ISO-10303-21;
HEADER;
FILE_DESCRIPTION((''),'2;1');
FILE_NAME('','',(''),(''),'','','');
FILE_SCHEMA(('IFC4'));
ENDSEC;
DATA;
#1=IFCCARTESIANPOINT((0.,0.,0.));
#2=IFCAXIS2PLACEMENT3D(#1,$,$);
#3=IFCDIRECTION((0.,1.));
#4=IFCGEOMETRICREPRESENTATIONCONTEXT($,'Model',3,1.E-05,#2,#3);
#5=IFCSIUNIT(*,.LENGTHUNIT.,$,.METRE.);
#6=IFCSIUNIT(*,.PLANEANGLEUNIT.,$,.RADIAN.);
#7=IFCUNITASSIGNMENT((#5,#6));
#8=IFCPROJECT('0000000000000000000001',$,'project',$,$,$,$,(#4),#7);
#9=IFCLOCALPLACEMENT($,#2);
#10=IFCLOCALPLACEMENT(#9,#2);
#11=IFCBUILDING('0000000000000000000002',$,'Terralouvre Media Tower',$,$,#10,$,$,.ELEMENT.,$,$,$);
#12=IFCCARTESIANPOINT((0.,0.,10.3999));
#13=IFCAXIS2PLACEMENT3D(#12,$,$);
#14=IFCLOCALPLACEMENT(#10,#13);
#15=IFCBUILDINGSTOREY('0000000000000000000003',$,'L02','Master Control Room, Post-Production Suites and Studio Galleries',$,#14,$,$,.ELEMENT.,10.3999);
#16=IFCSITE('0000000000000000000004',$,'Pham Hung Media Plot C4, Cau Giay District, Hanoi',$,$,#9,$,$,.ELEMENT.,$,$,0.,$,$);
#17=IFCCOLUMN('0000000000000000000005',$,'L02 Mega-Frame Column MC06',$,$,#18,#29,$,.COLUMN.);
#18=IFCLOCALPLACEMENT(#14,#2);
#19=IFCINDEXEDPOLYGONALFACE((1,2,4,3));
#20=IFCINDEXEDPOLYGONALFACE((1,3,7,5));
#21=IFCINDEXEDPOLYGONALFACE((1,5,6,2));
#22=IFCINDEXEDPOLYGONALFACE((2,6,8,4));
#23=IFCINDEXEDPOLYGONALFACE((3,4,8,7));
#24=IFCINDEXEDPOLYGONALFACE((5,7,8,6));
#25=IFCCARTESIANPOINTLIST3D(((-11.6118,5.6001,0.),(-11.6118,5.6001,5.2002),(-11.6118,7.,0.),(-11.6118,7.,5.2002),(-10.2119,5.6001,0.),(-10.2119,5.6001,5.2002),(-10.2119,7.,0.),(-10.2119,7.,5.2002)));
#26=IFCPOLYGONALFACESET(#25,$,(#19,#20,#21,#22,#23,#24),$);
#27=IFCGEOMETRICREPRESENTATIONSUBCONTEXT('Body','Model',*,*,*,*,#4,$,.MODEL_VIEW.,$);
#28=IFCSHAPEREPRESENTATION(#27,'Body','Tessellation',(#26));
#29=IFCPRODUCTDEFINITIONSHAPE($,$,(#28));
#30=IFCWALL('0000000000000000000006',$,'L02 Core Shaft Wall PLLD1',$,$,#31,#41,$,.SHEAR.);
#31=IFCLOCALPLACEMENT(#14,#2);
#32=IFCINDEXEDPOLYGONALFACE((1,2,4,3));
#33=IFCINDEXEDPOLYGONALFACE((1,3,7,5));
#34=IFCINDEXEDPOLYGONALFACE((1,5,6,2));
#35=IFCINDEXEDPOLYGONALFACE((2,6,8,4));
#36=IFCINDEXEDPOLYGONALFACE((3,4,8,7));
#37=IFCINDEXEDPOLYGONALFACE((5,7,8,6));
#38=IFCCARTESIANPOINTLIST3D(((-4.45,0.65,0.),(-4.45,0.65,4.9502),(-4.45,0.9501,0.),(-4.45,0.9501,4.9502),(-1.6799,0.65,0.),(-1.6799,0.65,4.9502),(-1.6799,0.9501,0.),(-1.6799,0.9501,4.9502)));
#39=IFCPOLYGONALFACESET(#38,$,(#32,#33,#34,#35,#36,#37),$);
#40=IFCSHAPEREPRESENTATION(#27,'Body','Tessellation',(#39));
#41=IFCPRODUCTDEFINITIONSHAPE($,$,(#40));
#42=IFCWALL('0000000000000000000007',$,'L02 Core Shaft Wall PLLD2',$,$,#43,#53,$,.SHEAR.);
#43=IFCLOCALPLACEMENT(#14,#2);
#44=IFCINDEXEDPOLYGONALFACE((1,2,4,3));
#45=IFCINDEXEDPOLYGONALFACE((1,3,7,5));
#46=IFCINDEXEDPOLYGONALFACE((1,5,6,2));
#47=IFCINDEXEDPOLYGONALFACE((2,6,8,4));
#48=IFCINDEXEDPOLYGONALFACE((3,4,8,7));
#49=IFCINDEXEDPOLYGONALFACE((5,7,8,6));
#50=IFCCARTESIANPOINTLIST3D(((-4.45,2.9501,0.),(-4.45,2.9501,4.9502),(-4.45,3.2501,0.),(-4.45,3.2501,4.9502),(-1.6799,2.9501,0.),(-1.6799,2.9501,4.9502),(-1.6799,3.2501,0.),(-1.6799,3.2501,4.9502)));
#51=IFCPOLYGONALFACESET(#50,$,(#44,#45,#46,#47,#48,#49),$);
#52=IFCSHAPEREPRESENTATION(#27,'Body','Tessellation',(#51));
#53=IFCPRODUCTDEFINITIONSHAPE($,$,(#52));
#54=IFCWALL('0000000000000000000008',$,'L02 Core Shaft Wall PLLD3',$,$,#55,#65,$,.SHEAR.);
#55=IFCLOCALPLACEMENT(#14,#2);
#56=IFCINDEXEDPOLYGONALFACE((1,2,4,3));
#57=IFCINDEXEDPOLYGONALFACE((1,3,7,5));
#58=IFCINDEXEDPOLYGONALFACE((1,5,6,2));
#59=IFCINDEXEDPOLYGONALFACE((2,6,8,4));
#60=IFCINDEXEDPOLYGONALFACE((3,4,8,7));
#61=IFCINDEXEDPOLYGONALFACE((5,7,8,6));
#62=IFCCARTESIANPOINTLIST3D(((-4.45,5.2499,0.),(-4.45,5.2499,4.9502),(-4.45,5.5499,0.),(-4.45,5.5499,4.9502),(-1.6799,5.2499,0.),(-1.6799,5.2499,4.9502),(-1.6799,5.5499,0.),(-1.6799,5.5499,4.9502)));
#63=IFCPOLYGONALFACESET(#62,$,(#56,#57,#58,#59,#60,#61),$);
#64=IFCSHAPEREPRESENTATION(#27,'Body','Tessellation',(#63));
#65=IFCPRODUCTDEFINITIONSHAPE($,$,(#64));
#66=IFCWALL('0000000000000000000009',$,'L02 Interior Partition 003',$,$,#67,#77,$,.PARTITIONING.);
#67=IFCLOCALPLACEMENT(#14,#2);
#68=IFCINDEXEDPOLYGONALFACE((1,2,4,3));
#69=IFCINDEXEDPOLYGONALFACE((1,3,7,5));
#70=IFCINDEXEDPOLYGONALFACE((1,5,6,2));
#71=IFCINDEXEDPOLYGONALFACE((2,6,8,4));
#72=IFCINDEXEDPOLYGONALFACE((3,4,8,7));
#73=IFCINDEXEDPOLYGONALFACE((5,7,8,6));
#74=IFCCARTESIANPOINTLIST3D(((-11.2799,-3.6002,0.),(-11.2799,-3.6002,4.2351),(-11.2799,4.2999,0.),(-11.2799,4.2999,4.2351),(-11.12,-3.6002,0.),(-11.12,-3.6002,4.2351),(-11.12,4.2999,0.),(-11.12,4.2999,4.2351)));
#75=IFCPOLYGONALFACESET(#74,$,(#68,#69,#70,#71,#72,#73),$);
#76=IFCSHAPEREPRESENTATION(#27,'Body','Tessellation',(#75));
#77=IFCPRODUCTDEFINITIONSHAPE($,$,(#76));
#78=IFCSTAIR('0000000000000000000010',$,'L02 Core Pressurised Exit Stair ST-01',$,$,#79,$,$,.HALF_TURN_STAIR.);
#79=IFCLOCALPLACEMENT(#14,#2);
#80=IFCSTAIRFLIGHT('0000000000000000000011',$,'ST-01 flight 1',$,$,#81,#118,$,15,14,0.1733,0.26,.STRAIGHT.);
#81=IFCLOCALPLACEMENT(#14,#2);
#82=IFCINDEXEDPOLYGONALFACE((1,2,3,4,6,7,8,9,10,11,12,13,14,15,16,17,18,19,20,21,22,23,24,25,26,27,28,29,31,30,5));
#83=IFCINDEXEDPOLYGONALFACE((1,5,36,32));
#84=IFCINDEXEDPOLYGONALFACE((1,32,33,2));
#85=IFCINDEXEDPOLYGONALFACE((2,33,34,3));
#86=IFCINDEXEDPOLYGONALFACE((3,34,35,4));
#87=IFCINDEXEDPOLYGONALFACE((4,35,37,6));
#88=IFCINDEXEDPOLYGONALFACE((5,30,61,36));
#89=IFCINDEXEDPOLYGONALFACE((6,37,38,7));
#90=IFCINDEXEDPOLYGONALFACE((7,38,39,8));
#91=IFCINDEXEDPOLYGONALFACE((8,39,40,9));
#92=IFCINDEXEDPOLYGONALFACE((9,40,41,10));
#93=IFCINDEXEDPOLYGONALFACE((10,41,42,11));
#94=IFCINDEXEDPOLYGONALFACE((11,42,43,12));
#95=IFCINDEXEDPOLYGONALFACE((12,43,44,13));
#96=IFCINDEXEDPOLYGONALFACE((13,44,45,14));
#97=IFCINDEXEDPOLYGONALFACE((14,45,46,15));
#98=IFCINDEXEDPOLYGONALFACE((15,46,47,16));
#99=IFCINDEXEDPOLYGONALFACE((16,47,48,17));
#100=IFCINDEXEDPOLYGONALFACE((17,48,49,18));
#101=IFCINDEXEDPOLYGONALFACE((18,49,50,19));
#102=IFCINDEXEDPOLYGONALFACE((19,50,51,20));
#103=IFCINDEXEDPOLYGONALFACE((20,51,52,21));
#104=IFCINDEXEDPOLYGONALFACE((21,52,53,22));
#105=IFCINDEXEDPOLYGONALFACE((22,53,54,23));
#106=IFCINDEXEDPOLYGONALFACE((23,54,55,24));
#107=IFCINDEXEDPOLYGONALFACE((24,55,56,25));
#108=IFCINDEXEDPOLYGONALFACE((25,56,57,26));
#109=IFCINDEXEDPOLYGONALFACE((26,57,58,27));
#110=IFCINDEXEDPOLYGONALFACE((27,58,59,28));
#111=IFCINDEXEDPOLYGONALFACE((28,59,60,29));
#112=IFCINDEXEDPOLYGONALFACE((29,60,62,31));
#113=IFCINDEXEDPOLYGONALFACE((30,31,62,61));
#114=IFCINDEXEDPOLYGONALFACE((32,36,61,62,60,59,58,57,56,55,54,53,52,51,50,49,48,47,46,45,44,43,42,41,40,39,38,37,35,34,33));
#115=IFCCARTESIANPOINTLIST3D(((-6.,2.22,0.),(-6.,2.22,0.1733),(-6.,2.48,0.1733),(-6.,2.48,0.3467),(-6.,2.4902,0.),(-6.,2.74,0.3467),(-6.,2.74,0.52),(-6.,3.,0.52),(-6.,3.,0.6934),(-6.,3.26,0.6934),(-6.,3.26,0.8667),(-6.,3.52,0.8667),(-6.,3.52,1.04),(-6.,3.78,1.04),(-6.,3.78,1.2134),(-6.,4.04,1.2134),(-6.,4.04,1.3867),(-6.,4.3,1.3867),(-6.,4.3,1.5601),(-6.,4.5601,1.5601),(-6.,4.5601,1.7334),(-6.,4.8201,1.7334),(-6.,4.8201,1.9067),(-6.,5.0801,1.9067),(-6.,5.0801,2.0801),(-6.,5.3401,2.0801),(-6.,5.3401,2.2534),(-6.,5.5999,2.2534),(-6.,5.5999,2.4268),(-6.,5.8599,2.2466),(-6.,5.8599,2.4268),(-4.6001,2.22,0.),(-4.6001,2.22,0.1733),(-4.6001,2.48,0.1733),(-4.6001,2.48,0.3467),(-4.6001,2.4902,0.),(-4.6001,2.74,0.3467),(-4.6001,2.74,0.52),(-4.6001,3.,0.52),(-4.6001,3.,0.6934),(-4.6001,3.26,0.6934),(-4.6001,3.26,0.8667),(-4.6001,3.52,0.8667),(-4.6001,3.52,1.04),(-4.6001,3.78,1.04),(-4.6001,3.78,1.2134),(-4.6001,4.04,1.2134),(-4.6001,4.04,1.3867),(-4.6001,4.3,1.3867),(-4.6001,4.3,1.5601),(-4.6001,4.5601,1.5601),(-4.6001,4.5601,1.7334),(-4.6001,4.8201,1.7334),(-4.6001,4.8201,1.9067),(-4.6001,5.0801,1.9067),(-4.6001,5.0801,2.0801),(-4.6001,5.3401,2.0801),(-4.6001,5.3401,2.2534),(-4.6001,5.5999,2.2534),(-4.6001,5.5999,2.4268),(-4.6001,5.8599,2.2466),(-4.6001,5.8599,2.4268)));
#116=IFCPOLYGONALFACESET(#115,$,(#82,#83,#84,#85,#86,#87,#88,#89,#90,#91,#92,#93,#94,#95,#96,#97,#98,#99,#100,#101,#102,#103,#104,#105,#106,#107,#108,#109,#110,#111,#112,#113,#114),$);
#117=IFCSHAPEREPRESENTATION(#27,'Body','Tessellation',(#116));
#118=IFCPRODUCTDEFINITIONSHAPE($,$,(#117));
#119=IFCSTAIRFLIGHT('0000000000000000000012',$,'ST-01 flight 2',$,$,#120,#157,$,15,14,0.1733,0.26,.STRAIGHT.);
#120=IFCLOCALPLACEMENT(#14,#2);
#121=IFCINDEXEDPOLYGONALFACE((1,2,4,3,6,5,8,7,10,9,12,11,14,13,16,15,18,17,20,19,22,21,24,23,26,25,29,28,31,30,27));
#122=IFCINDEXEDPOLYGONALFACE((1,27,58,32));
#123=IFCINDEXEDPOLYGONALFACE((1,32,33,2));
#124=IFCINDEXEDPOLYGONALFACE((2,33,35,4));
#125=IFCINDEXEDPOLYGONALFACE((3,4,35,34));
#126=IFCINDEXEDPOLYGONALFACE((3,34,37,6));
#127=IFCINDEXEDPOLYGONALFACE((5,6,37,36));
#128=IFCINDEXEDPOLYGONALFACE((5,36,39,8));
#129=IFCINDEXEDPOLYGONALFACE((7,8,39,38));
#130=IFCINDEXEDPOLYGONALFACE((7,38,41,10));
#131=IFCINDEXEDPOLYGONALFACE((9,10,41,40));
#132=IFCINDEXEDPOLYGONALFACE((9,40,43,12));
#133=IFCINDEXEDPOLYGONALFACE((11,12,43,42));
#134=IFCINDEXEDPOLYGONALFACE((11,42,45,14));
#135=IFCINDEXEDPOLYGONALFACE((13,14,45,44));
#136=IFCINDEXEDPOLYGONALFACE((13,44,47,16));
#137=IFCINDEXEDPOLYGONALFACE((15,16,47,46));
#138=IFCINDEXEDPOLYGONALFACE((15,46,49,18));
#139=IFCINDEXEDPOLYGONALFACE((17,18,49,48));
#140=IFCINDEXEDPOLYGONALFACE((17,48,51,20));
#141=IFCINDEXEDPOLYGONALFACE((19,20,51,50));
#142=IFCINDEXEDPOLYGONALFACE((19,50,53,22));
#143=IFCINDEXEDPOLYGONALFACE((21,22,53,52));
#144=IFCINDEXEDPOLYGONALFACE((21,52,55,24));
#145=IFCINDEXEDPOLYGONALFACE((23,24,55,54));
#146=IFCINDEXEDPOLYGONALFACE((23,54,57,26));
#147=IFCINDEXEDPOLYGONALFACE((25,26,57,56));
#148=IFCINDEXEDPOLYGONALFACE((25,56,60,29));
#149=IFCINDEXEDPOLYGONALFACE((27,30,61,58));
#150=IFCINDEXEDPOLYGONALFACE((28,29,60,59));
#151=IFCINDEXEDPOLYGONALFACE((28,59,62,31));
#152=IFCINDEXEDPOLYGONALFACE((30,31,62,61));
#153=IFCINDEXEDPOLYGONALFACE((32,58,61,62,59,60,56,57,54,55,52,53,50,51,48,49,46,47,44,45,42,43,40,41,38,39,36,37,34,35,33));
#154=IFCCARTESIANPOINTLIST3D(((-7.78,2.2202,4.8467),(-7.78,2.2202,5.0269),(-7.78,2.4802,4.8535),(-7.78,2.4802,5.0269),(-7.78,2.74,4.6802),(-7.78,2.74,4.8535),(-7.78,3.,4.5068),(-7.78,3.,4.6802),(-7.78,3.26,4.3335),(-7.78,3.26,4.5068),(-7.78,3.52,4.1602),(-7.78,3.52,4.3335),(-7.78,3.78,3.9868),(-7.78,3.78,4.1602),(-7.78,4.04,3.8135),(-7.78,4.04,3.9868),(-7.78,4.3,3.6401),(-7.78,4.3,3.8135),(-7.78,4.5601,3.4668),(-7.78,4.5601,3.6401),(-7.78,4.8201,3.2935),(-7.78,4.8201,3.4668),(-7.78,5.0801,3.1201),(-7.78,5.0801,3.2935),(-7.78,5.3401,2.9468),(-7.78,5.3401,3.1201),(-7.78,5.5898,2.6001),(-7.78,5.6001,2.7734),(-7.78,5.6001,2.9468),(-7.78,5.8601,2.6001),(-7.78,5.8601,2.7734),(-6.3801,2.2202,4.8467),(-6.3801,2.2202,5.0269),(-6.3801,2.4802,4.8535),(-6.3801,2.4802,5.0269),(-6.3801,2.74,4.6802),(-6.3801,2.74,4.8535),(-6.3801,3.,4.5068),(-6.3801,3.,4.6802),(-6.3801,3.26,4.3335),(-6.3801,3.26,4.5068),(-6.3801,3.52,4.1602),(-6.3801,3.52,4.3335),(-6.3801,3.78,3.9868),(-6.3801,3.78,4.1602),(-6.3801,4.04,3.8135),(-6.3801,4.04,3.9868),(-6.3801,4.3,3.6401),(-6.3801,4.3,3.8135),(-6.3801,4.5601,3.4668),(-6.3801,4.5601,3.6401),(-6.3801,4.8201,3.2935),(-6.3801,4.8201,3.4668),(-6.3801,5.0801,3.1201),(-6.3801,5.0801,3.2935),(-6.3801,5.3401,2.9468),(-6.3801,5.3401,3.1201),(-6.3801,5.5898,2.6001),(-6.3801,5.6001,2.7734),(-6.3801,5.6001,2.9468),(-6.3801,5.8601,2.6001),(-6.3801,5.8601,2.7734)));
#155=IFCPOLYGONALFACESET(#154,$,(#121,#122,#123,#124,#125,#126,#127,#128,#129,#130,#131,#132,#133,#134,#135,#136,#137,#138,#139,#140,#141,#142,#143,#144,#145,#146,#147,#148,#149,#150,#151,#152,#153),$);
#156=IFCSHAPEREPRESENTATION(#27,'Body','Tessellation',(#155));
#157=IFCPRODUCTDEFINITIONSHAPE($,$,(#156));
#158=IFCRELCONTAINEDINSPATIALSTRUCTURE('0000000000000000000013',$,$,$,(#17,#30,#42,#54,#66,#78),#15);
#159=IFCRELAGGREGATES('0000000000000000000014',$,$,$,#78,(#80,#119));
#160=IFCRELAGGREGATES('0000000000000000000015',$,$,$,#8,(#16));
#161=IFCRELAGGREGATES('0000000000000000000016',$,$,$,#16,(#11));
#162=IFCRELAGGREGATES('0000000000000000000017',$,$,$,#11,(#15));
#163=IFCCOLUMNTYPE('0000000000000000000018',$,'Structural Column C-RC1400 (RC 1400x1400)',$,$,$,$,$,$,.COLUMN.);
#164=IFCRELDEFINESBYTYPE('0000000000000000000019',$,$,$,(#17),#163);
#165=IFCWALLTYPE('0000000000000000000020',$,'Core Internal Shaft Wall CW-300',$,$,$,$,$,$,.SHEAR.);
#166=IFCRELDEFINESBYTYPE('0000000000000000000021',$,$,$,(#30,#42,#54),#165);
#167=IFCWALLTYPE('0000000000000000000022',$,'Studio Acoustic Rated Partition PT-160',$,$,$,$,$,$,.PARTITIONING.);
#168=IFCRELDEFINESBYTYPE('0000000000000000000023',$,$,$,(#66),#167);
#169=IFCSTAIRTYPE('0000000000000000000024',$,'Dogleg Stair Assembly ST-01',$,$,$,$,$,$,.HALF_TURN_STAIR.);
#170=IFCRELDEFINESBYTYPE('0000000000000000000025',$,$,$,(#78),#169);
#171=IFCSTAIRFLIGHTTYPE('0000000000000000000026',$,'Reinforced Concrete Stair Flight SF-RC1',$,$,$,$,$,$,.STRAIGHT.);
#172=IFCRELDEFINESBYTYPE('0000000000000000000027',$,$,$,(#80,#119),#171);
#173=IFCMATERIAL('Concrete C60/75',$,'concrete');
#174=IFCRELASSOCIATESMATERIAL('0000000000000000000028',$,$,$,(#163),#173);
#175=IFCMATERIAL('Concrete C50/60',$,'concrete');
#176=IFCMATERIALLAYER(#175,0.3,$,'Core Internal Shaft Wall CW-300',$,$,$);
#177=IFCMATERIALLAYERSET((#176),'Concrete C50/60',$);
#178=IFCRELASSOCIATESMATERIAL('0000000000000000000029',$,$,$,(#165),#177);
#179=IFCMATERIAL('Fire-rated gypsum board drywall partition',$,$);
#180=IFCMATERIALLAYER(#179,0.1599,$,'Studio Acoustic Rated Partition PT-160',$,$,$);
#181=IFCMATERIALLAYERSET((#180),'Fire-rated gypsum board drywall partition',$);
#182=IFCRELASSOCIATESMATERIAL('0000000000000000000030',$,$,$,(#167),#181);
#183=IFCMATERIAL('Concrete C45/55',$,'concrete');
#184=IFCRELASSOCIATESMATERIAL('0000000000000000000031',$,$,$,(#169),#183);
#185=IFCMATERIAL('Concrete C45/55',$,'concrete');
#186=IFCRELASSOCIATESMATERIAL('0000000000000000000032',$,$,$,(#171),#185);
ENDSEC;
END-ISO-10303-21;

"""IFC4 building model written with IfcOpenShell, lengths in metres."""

from ifc_helpers import new_model, si_unit, direction, frame, frame_2d, origin, origin_2d, place, context, subcontext, project, spatial, polyline, rectangle, outline, extrude, material, layer, layer_set, material_profile, profile_set, type_object, element, aggregate, save


model = new_model("IFC4")

# Units and contexts
model_context = context("Model", 3, precision=1e-05, world=origin(), true_north=direction((0.0, 1.0)))
body_context = subcontext(model_context, "Body", "Model", "MODEL_VIEW")
ifc_project = project(units=[si_unit("LENGTHUNIT", "METRE"), si_unit("PLANEANGLEUNIT", "RADIAN")], contexts=[model_context])

# Site, building, storey
site_placement = place(None, origin())
site = spatial("IfcSite", under=ifc_project, at=site_placement, Name="Pham Hung Media Plot C4, Cau Giay District, Hanoi", CompositionType="ELEMENT", RefElevation=0.0)
building_placement = place(site_placement, origin())
building = spatial("IfcBuilding", under=site, at=building_placement, Name="Terralouvre Media Tower", CompositionType="ELEMENT")
storey_placement = place(building_placement, frame((0.0, 0.0, 10.3999)))
storey = spatial("IfcBuildingStorey", under=building, at=storey_placement, Name="L02", Description="Master Control Room, Post-Production Suites and Studio Galleries", CompositionType="ELEMENT", Elevation=10.3999)

# Column
ifc_material_1 = material(Name="Concrete C60/75", Category="concrete")
ifc_material_profile = material_profile(ifc_material_1, rectangle(XDim=1.3999, YDim=1.3999, at=origin_2d()), Name="RC 1400x1400")
ifc_profile_set = profile_set([ifc_material_profile], Name="Concrete C60/75")
column_type = type_object("IfcColumnType", Name="Structural Column C-RC1400 (RC 1400x1400)", PredefinedType="COLUMN", material=ifc_profile_set)
column_placement = place(storey_placement, frame((-10.9119, 6.3, 0.0), z_axis=(0.0, 0.0, 1.0), x_axis=(1.0, 0.0, 0.0)))
element("IfcColumn", 1, at=column_placement, inside=storey, type_object=column_type, Name="L02 Mega-Frame Column MC06", PredefinedType="COLUMN", context=body_context, shape_type="SweptSolid", body=[
    extrude(rectangle(XDim=1.3999, YDim=1.3999, at=origin_2d()), origin(), (0.0, 0.0, 1.0), 5.2002),
])

# Shared definitions
ifc_material_2 = material(Name="Concrete C50/60", Category="concrete")
ifc_layer_1 = layer(ifc_material_2, 0.3, Name="Core Internal Shaft Wall CW-300")
ifc_layer_set_1 = layer_set([ifc_layer_1], Name="Concrete C50/60")
wall_type_1 = type_object("IfcWallType", Name="Core Internal Shaft Wall CW-300", PredefinedType="SHEAR", material=ifc_layer_set_1)

# Walls
for number, where, z_axis, x_axis, name in (
    (2, (-4.45, 0.8, 0.0), (0.0, 0.0, 1.0), (1.0, 0.0, 0.0), "L02 Core Shaft Wall PLLD1"),
    (3, (-4.45, 3.1001, 0.0), (0.0, 0.0, 1.0), (1.0, 0.0, 0.0), "L02 Core Shaft Wall PLLD2"),
    (4, (-4.45, 5.3999, 0.0), (0.0, 0.0, 1.0), (1.0, 0.0, 0.0), "L02 Core Shaft Wall PLLD3"),
):
    element("IfcWall", number, at=place(storey_placement, frame(where, z_axis=z_axis, x_axis=x_axis)), inside=storey, type_object=wall_type_1, Name=name, PredefinedType="SHEAR", context=body_context, shape_type="SweptSolid", body=[
        extrude(rectangle(XDim=2.77, YDim=0.3, at=frame_2d((1.385, 0.0))), origin(), (0.0, 0.0, 1.0), 4.9502),
    ])
ifc_material_3 = material(Name="Fire-rated gypsum board drywall partition")
ifc_layer_2 = layer(ifc_material_3, 0.1599, Name="Studio Acoustic Rated Partition PT-160")
ifc_layer_set_2 = layer_set([ifc_layer_2], Name="Fire-rated gypsum board drywall partition")
wall_type_2 = type_object("IfcWallType", Name="Studio Acoustic Rated Partition PT-160", PredefinedType="PARTITIONING", material=ifc_layer_set_2)
wall_1_placement = place(storey_placement, frame((-11.2, 4.3, 0.0), z_axis=(0.0, 0.0, 1.0), x_axis=(0.0, -1.0, 0.0)))
element("IfcWall", 5, at=wall_1_placement, inside=storey, type_object=wall_type_2, Name="L02 Interior Partition 003", PredefinedType="PARTITIONING", context=body_context, shape_type="SweptSolid", body=[
    extrude(rectangle(XDim=7.9001, YDim=0.1599, at=frame_2d((3.9502, 0.0))), origin(), (0.0, 0.0, 1.0), 4.2351),
])

# Stair, stair flights
ifc_material_4 = material(Name="Concrete C45/55", Category="concrete")
stair_type = type_object("IfcStairType", Name="Dogleg Stair Assembly ST-01", PredefinedType="HALF_TURN_STAIR", material=ifc_material_4)
stair_placement = place(storey_placement, origin())
stair = element("IfcStair", 6, at=stair_placement, inside=storey, type_object=stair_type, Name="L02 Core Pressurised Exit Stair ST-01", PredefinedType="HALF_TURN_STAIR")
ifc_material_5 = material(Name="Concrete C45/55", Category="concrete")
stair_flight_type = type_object("IfcStairFlightType", Name="Reinforced Concrete Stair Flight SF-RC1", PredefinedType="STRAIGHT", material=ifc_material_5)
stair_flight_1_placement = place(storey_placement, frame((-5.3, 2.22, 0.0), z_axis=(0.0, 0.0, 1.0), x_axis=(0.0, 1.0, 0.0)))
stair_flight_1 = element("IfcStairFlight", 7, at=stair_flight_1_placement, type_object=stair_flight_type, Name="ST-01 flight 1", NumberOfRisers=15, NumberOfTreads=14, PredefinedType="STRAIGHT", RiserHeight=0.1733, TreadLength=0.26, context=body_context, shape_type="SweptSolid", body=[
    extrude(outline(polyline([(0.0, 0.0), (0.0, 0.1733), (0.26, 0.1733), (0.26, 0.3467), (0.52, 0.3467), (0.52, 0.52), (0.78, 0.52), (0.78, 0.6934), (1.04, 0.6934), (1.04, 0.8667), (1.3, 0.8667), (1.3, 1.04), (1.5601, 1.04), (1.5601, 1.2134), (1.8201, 1.2134), (1.8201, 1.3867), (2.0801, 1.3867), (2.0801, 1.5601), (2.3401, 1.5601), (2.3401, 1.7334), (2.6001, 1.7334), (2.6001, 1.9067), (2.8601, 1.9067), (2.8601, 2.0801), (3.1201, 2.0801), (3.1201, 2.2534), (3.3799, 2.2534), (3.3799, 2.4268), (3.6399, 2.4268), (3.6399, 2.6001), (3.6399, 2.2466), (0.2703, 0.0), (0.0, 0.0)])), frame((0.0, 0.7, 0.0), z_axis=(0.0, -1.0, 0.0), x_axis=(1.0, 0.0, 0.0)), (0.0, 0.0, 1.0), 1.3999),
])
stair_flight_2_placement = place(storey_placement, frame((-7.0801, 5.8601, 2.6001), z_axis=(0.0, 0.0, 1.0), x_axis=(0.0, -1.0, 0.0)))
stair_flight_2 = element("IfcStairFlight", 8, at=stair_flight_2_placement, type_object=stair_flight_type, Name="ST-01 flight 2", NumberOfRisers=15, NumberOfTreads=14, PredefinedType="STRAIGHT", RiserHeight=0.1733, TreadLength=0.26, context=body_context, shape_type="SweptSolid", body=[
    extrude(outline(polyline([(0.0, 0.0), (0.0, 0.1733), (0.26, 0.1733), (0.26, 0.3467), (0.52, 0.3467), (0.52, 0.52), (0.78, 0.52), (0.78, 0.6934), (1.04, 0.6934), (1.04, 0.8667), (1.3, 0.8667), (1.3, 1.04), (1.5601, 1.04), (1.5601, 1.2134), (1.8201, 1.2134), (1.8201, 1.3867), (2.0801, 1.3867), (2.0801, 1.5601), (2.3401, 1.5601), (2.3401, 1.7334), (2.6001, 1.7334), (2.6001, 1.9067), (2.8601, 1.9067), (2.8601, 2.0801), (3.1201, 2.0801), (3.1201, 2.2534), (3.3799, 2.2534), (3.3799, 2.4268), (3.6399, 2.4268), (3.6399, 2.6001), (3.6399, 2.2466), (0.2703, 0.0), (0.0, 0.0)])), frame((0.0, 0.7, 0.0), z_axis=(0.0, -1.0, 0.0), x_axis=(1.0, 0.0, 0.0)), (0.0, 0.0, 1.0), 1.3999),
])
aggregate(stair, [stair_flight_1, stair_flight_2])

save(model, "model.ifc")
